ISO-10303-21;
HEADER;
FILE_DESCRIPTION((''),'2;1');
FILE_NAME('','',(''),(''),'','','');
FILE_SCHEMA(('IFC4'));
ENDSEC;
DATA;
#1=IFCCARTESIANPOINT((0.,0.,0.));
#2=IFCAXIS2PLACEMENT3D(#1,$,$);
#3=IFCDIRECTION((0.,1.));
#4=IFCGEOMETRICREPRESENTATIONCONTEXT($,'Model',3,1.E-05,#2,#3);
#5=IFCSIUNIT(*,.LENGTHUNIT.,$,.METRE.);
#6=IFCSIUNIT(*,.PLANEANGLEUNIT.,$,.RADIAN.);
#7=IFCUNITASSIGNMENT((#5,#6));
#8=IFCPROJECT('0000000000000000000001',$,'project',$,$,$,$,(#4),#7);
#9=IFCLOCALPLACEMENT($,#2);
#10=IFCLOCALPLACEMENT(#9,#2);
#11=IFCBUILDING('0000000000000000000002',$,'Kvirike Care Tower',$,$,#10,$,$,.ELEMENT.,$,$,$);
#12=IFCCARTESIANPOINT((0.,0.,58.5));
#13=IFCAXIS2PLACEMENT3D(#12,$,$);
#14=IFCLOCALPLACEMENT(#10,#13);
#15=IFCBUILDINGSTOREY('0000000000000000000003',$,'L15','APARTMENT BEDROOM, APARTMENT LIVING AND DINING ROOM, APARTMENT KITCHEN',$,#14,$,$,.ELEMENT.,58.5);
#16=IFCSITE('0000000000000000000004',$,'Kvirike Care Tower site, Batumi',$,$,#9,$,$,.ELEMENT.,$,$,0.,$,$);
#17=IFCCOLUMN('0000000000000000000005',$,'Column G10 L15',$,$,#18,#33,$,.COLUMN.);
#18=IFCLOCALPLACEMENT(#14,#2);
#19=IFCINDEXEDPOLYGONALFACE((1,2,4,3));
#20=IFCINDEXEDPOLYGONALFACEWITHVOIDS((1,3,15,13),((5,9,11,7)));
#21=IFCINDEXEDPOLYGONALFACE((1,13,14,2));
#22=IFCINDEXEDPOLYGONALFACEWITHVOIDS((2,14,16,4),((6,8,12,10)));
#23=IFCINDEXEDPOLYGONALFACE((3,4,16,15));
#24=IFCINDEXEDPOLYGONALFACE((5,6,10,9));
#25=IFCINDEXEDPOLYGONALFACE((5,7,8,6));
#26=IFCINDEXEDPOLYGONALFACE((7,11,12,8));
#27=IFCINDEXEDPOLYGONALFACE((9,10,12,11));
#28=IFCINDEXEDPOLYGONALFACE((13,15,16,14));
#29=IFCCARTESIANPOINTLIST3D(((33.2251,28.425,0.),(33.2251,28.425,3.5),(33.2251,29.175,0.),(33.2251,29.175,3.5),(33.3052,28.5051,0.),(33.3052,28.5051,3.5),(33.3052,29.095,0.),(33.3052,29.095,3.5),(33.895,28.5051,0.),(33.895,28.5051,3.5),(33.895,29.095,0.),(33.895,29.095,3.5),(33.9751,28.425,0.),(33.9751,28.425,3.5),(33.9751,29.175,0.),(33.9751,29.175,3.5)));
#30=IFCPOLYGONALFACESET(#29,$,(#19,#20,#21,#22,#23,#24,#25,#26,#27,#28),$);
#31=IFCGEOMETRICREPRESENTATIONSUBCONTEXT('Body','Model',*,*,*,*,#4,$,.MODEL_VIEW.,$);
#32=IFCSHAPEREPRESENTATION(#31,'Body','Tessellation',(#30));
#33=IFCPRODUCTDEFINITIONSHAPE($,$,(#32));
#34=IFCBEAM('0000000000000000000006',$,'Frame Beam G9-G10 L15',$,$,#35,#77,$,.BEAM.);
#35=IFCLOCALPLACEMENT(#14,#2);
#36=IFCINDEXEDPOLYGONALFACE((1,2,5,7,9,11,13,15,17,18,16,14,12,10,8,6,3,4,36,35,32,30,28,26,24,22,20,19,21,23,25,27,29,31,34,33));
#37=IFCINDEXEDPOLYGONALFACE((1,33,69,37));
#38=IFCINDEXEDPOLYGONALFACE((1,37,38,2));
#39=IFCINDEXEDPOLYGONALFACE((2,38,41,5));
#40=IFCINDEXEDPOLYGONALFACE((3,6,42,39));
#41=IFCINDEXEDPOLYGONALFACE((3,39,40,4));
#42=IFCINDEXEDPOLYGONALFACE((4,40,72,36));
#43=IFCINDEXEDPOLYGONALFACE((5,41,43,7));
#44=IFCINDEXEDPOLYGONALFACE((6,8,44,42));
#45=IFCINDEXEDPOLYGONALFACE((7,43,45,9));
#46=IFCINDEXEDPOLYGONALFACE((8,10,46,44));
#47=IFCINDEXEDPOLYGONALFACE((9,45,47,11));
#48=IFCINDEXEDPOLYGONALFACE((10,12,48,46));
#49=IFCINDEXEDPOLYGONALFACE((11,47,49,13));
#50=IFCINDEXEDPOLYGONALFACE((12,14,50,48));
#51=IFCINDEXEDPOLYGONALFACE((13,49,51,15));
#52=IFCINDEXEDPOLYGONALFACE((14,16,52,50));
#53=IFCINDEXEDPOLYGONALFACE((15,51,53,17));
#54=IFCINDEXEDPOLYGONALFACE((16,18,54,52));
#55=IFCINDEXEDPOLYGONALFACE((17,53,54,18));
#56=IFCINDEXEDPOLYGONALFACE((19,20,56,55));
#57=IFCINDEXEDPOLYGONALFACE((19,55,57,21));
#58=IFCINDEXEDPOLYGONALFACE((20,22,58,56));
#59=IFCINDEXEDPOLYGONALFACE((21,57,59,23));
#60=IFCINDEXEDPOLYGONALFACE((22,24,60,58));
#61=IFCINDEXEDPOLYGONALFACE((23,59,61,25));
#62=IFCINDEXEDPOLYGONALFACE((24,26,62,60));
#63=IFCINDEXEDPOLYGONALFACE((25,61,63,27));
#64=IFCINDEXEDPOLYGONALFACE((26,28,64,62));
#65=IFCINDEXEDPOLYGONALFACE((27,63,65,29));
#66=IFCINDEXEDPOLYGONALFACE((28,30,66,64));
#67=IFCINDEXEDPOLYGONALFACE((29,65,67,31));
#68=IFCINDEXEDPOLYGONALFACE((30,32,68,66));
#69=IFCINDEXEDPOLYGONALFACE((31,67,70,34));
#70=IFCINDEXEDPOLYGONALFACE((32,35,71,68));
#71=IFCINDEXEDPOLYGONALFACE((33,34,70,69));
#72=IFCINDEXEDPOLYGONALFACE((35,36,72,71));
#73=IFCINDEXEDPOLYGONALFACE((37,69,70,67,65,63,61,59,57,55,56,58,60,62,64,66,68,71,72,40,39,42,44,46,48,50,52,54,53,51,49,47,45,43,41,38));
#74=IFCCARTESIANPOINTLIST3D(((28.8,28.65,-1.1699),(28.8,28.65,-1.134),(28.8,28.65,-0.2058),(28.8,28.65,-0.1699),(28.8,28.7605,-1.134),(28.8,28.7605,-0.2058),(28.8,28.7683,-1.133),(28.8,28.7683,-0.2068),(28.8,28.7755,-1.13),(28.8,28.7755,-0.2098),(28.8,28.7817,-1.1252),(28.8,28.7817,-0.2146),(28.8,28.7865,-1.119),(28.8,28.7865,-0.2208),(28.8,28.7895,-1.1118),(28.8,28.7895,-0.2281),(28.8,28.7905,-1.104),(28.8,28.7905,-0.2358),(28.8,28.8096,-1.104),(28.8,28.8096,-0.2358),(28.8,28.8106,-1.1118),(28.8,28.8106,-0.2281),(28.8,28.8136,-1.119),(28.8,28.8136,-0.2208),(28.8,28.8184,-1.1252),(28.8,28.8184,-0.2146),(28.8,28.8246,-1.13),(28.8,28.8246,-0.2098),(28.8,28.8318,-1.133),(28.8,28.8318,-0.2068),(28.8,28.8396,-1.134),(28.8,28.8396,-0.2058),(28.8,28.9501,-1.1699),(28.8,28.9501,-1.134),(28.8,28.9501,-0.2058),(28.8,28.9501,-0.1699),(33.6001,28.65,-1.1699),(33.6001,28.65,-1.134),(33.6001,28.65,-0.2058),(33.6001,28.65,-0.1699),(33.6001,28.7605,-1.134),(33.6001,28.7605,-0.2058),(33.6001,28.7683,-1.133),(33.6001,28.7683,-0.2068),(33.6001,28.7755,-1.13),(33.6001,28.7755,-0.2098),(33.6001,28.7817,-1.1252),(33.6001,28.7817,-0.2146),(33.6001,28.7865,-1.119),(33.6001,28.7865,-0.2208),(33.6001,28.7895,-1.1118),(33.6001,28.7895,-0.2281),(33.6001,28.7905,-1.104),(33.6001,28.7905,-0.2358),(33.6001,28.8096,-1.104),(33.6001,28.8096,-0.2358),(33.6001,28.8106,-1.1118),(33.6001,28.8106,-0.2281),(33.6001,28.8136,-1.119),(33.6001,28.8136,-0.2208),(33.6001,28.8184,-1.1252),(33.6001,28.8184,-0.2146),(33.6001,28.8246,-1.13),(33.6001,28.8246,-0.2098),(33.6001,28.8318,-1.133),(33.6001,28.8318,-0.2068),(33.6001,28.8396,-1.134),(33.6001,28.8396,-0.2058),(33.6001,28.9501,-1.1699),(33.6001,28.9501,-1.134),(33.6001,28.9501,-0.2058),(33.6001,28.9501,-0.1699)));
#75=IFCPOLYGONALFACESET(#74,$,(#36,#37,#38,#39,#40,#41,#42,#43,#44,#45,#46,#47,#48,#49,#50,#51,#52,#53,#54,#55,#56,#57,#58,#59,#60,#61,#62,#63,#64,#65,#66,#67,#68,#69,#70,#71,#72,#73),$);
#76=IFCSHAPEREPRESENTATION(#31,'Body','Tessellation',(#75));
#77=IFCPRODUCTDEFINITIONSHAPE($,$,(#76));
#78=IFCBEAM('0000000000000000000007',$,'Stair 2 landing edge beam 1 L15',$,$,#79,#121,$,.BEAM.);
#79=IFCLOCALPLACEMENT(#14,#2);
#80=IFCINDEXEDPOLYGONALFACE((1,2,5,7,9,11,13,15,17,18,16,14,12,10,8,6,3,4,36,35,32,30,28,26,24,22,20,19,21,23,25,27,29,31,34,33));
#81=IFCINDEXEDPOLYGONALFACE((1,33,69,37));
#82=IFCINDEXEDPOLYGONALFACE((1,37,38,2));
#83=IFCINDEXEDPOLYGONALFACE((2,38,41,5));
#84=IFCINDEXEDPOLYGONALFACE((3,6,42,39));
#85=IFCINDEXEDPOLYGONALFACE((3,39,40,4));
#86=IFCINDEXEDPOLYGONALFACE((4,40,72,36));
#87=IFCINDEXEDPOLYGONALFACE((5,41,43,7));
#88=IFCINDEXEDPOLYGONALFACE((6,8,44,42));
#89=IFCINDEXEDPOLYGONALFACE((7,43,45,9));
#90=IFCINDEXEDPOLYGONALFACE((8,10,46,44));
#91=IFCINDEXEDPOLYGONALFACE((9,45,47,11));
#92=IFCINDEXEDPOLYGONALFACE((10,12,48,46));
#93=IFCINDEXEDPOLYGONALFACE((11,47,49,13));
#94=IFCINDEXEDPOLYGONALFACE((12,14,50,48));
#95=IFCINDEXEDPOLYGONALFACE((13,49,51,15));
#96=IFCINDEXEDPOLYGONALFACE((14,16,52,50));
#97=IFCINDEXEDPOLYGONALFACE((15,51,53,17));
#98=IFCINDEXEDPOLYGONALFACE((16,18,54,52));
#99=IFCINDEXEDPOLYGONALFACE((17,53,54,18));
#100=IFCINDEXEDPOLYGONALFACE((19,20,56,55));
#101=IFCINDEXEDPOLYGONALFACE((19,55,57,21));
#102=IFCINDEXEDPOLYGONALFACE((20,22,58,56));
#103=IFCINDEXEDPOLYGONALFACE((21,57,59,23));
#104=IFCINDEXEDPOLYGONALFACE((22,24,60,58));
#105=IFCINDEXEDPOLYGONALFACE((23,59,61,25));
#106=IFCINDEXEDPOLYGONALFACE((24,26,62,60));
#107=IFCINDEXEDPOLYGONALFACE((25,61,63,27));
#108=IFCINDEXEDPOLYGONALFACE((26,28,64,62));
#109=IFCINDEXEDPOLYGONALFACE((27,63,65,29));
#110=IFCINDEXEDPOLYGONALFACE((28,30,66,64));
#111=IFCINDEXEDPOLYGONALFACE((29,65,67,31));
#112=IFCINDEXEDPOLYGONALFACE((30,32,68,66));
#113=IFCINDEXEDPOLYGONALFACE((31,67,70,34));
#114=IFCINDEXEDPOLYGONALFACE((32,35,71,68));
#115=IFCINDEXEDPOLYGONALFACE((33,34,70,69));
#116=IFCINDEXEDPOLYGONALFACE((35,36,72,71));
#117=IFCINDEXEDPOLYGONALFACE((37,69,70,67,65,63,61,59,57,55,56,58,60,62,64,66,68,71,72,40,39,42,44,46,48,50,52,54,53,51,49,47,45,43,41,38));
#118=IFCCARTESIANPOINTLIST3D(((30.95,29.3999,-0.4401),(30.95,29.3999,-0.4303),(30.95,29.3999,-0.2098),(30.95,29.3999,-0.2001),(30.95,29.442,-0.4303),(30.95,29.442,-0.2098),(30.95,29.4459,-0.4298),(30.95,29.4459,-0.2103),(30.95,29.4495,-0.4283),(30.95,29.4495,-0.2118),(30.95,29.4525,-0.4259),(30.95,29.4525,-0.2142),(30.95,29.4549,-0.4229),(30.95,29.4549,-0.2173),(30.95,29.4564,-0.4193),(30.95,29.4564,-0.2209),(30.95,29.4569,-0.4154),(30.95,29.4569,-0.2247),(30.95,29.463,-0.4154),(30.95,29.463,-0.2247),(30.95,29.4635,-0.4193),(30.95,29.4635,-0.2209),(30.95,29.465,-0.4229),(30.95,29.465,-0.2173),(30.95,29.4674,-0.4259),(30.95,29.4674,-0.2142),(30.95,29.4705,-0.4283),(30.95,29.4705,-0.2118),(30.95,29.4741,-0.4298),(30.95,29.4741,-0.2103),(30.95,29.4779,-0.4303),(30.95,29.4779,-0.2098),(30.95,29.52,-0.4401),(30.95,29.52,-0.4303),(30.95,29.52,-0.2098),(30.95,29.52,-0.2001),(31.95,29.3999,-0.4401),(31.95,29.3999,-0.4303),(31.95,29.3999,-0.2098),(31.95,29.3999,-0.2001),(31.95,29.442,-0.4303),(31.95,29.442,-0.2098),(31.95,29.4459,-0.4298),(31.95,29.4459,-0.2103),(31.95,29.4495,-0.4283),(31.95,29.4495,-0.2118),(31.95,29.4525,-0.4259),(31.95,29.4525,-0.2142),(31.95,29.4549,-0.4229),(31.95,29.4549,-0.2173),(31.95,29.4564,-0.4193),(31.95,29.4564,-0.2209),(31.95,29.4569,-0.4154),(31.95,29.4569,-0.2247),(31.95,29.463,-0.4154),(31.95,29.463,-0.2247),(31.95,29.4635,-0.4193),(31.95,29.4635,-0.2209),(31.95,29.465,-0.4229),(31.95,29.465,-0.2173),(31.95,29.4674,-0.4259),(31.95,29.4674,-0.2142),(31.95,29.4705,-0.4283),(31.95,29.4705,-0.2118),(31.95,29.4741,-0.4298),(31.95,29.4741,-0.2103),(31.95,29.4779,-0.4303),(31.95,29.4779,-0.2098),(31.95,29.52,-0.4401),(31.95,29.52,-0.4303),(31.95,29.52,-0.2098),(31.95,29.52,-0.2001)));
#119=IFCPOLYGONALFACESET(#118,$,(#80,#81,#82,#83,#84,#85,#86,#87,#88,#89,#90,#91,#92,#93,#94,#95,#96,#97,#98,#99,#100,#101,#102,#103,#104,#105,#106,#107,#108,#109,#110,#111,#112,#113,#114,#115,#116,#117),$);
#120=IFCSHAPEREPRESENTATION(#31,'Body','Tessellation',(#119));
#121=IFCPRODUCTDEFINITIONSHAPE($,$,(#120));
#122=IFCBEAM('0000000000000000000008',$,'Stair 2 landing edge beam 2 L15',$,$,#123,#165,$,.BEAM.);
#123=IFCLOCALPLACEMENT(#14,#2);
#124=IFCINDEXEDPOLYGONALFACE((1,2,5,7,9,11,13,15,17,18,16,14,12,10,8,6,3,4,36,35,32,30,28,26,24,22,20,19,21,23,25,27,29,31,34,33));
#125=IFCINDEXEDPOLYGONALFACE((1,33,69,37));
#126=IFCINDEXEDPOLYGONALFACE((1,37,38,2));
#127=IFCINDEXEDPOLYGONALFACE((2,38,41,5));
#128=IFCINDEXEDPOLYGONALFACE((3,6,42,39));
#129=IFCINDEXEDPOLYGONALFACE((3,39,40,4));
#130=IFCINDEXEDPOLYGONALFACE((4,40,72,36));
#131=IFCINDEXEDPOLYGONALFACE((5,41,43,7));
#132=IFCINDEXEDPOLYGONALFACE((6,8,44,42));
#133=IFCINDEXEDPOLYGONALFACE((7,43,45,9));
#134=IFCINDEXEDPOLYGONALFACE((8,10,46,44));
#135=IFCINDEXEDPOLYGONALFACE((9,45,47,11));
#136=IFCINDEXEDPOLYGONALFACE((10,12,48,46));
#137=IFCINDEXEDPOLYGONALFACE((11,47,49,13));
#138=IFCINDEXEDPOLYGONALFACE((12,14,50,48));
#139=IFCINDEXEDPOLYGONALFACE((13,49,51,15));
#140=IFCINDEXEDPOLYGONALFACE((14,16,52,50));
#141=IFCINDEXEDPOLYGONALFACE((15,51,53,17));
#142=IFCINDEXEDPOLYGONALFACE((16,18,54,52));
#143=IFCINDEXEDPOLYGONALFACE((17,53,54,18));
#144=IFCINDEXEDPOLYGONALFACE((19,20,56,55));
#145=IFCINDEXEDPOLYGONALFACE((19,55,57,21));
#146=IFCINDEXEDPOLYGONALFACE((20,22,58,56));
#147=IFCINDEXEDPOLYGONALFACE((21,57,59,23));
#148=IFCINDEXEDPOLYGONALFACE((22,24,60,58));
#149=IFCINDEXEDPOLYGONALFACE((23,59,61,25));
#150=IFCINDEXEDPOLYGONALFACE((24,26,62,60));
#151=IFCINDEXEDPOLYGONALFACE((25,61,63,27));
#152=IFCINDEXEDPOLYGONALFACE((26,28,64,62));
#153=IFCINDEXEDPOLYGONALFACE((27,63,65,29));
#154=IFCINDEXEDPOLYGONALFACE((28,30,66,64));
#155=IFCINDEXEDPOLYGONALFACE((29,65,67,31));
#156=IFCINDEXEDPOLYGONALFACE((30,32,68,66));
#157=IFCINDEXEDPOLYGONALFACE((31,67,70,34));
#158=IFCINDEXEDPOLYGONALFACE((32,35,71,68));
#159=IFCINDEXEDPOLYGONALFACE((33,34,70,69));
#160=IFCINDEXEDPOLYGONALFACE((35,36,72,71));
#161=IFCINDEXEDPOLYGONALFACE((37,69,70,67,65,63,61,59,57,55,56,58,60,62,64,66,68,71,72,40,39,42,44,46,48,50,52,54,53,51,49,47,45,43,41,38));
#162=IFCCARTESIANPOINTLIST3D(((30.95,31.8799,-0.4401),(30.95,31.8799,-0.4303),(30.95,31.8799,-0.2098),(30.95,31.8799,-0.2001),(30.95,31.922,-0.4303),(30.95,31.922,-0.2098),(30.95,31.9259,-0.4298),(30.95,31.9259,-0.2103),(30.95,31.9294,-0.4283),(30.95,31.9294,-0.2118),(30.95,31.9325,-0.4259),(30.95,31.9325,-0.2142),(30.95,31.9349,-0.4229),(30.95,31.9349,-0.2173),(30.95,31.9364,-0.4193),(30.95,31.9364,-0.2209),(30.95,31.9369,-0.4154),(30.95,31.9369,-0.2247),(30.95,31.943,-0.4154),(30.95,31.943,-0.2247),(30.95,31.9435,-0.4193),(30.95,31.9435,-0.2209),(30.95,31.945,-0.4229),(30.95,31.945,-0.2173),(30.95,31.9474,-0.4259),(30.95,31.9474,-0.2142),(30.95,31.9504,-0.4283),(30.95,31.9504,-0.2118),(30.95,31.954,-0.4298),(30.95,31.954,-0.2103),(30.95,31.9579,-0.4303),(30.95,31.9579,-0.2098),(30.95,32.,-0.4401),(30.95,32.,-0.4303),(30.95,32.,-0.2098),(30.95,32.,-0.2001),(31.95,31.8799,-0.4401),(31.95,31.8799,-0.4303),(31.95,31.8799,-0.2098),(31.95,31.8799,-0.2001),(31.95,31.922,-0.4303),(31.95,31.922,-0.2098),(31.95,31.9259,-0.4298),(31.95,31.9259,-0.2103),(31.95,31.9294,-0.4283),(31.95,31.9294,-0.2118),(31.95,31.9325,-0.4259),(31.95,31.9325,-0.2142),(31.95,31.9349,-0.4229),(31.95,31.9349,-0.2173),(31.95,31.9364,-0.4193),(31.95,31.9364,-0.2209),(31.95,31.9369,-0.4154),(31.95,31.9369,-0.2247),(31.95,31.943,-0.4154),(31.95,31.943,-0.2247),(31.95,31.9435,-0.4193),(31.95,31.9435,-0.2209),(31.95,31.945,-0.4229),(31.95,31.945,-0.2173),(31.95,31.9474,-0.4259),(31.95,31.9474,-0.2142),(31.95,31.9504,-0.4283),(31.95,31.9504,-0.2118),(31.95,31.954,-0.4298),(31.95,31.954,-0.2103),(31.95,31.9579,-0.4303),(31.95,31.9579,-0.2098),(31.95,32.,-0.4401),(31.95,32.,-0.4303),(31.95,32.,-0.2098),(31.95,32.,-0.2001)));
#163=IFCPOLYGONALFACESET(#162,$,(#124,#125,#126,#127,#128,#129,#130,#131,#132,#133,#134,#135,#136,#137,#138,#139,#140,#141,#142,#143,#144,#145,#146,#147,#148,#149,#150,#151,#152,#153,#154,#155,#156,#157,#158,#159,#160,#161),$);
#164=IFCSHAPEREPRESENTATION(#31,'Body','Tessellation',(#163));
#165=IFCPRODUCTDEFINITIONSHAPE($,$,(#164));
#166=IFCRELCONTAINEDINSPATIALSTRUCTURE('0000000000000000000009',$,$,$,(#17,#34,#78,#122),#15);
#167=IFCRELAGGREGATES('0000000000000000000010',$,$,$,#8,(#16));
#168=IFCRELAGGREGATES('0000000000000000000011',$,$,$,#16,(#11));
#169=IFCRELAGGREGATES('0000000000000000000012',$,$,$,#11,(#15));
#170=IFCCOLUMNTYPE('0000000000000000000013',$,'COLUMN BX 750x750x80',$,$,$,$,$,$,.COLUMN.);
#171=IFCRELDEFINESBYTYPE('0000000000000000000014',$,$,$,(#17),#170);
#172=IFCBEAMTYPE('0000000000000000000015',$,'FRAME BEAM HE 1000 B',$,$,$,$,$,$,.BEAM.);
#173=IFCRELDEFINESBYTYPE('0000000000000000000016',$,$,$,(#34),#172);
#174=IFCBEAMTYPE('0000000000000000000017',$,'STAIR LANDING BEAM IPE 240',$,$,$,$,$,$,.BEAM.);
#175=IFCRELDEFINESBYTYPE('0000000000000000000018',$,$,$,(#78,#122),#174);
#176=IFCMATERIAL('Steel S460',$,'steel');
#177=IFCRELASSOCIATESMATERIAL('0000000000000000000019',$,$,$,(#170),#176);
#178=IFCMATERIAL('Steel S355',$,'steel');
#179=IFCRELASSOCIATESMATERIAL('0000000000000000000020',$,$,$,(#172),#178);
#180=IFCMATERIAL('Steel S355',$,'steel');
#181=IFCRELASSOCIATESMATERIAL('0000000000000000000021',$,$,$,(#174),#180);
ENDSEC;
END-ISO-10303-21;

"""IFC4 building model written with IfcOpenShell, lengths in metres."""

from ifc_helpers import new_model, si_unit, direction, frame, origin, origin_2d, place, context, subcontext, project, spatial, hollow_rectangle, i_section, extrude, material, material_profile, profile_set, type_object, element, save


model = new_model("IFC4")

# Units and contexts
model_context = context("Model", 3, precision=1e-05, world=origin(), true_north=direction((0.0, 1.0)))
body_context = subcontext(model_context, "Body", "Model", "MODEL_VIEW")
ifc_project = project(units=[si_unit("LENGTHUNIT", "METRE"), si_unit("PLANEANGLEUNIT", "RADIAN")], contexts=[model_context])

# Site, building, storey
site_placement = place(None, origin())
site = spatial("IfcSite", under=ifc_project, at=site_placement, Name="Kvirike Care Tower site, Batumi", CompositionType="ELEMENT", RefElevation=0.0)
building_placement = place(site_placement, origin())
building = spatial("IfcBuilding", under=site, at=building_placement, Name="Kvirike Care Tower", CompositionType="ELEMENT")
storey_placement = place(building_placement, frame((0.0, 0.0, 58.5)))
storey = spatial("IfcBuildingStorey", under=building, at=storey_placement, Name="L15", Description="APARTMENT BEDROOM, APARTMENT LIVING AND DINING ROOM, APARTMENT KITCHEN", CompositionType="ELEMENT", Elevation=58.5)

# Column
ifc_material_1 = material(Name="Steel S460", Category="steel")
ifc_material_profile_1 = material_profile(ifc_material_1, hollow_rectangle(XDim=0.75, YDim=0.75, WallThickness=0.0801, at=origin_2d()), Name="BX 750x750x80")
ifc_profile_set_1 = profile_set([ifc_material_profile_1], Name="Steel S460")
column_type = type_object("IfcColumnType", Name="COLUMN BX 750x750x80", PredefinedType="COLUMN", material=ifc_profile_set_1)
column_placement = place(storey_placement, frame((33.6001, 28.8, 0.0), z_axis=(0.0, 0.0, 1.0), x_axis=(0.0, 1.0, 0.0)))
element("IfcColumn", 1, at=column_placement, inside=storey, type_object=column_type, Name="Column G10 L15", PredefinedType="COLUMN", context=body_context, shape_type="SweptSolid", body=[
    extrude(hollow_rectangle(XDim=0.75, YDim=0.75, WallThickness=0.0801, at=origin_2d()), origin(), (0.0, 0.0, 1.0), 3.5),
])

# Beams
ifc_material_2 = material(Name="Steel S355", Category="steel")
ifc_material_profile_2 = material_profile(ifc_material_2, i_section(OverallWidth=0.3, OverallDepth=1.0, WebThickness=0.019, FlangeThickness=0.0359, FilletRadius=0.03, at=origin_2d()), Name="HE 1000 B")
ifc_profile_set_2 = profile_set([ifc_material_profile_2], Name="Steel S355")
beam_type_1 = type_object("IfcBeamType", Name="FRAME BEAM HE 1000 B", PredefinedType="BEAM", material=ifc_profile_set_2)
beam_placement = place(storey_placement, frame((28.8, 28.8, -0.6699), z_axis=(1.0, 0.0, 0.0), x_axis=(0.0, 1.0, 0.0)))
element("IfcBeam", 2, at=beam_placement, inside=storey, type_object=beam_type_1, Name="Frame Beam G9-G10 L15", PredefinedType="BEAM", context=body_context, shape_type="SweptSolid", body=[
    extrude(i_section(OverallWidth=0.3, OverallDepth=1.0, WebThickness=0.019, FlangeThickness=0.0359, FilletRadius=0.03, at=origin_2d()), origin(), (0.0, 0.0, 1.0), 4.8),
])
ifc_material_3 = material(Name="Steel S355", Category="steel")
ifc_material_profile_3 = material_profile(ifc_material_3, i_section(OverallWidth=0.1201, OverallDepth=0.24, WebThickness=0.0061, FlangeThickness=0.0098, FilletRadius=0.0149, at=origin_2d()), Name="IPE 240")
ifc_profile_set_3 = profile_set([ifc_material_profile_3], Name="Steel S355")
beam_type_2 = type_object("IfcBeamType", Name="STAIR LANDING BEAM IPE 240", PredefinedType="BEAM", material=ifc_profile_set_3)
for number, where, z_axis, x_axis, name in (
    (3, (31.95, 29.46, -0.3201), (-1.0, 0.0, 0.0), (0.0, -1.0, 0.0), "Stair 2 landing edge beam 1 L15"),
    (4, (31.95, 31.9399, -0.3201), (-1.0, 0.0, 0.0), (0.0, -1.0, 0.0), "Stair 2 landing edge beam 2 L15"),
):
    element("IfcBeam", number, at=place(storey_placement, frame(where, z_axis=z_axis, x_axis=x_axis)), inside=storey, type_object=beam_type_2, Name=name, PredefinedType="BEAM", context=body_context, shape_type="SweptSolid", body=[
        extrude(i_section(OverallWidth=0.1201, OverallDepth=0.24, WebThickness=0.0061, FlangeThickness=0.0098, FilletRadius=0.0149, at=origin_2d()), origin(), (0.0, 0.0, 1.0), 1.0),
    ])

save(model, "model.ifc")
